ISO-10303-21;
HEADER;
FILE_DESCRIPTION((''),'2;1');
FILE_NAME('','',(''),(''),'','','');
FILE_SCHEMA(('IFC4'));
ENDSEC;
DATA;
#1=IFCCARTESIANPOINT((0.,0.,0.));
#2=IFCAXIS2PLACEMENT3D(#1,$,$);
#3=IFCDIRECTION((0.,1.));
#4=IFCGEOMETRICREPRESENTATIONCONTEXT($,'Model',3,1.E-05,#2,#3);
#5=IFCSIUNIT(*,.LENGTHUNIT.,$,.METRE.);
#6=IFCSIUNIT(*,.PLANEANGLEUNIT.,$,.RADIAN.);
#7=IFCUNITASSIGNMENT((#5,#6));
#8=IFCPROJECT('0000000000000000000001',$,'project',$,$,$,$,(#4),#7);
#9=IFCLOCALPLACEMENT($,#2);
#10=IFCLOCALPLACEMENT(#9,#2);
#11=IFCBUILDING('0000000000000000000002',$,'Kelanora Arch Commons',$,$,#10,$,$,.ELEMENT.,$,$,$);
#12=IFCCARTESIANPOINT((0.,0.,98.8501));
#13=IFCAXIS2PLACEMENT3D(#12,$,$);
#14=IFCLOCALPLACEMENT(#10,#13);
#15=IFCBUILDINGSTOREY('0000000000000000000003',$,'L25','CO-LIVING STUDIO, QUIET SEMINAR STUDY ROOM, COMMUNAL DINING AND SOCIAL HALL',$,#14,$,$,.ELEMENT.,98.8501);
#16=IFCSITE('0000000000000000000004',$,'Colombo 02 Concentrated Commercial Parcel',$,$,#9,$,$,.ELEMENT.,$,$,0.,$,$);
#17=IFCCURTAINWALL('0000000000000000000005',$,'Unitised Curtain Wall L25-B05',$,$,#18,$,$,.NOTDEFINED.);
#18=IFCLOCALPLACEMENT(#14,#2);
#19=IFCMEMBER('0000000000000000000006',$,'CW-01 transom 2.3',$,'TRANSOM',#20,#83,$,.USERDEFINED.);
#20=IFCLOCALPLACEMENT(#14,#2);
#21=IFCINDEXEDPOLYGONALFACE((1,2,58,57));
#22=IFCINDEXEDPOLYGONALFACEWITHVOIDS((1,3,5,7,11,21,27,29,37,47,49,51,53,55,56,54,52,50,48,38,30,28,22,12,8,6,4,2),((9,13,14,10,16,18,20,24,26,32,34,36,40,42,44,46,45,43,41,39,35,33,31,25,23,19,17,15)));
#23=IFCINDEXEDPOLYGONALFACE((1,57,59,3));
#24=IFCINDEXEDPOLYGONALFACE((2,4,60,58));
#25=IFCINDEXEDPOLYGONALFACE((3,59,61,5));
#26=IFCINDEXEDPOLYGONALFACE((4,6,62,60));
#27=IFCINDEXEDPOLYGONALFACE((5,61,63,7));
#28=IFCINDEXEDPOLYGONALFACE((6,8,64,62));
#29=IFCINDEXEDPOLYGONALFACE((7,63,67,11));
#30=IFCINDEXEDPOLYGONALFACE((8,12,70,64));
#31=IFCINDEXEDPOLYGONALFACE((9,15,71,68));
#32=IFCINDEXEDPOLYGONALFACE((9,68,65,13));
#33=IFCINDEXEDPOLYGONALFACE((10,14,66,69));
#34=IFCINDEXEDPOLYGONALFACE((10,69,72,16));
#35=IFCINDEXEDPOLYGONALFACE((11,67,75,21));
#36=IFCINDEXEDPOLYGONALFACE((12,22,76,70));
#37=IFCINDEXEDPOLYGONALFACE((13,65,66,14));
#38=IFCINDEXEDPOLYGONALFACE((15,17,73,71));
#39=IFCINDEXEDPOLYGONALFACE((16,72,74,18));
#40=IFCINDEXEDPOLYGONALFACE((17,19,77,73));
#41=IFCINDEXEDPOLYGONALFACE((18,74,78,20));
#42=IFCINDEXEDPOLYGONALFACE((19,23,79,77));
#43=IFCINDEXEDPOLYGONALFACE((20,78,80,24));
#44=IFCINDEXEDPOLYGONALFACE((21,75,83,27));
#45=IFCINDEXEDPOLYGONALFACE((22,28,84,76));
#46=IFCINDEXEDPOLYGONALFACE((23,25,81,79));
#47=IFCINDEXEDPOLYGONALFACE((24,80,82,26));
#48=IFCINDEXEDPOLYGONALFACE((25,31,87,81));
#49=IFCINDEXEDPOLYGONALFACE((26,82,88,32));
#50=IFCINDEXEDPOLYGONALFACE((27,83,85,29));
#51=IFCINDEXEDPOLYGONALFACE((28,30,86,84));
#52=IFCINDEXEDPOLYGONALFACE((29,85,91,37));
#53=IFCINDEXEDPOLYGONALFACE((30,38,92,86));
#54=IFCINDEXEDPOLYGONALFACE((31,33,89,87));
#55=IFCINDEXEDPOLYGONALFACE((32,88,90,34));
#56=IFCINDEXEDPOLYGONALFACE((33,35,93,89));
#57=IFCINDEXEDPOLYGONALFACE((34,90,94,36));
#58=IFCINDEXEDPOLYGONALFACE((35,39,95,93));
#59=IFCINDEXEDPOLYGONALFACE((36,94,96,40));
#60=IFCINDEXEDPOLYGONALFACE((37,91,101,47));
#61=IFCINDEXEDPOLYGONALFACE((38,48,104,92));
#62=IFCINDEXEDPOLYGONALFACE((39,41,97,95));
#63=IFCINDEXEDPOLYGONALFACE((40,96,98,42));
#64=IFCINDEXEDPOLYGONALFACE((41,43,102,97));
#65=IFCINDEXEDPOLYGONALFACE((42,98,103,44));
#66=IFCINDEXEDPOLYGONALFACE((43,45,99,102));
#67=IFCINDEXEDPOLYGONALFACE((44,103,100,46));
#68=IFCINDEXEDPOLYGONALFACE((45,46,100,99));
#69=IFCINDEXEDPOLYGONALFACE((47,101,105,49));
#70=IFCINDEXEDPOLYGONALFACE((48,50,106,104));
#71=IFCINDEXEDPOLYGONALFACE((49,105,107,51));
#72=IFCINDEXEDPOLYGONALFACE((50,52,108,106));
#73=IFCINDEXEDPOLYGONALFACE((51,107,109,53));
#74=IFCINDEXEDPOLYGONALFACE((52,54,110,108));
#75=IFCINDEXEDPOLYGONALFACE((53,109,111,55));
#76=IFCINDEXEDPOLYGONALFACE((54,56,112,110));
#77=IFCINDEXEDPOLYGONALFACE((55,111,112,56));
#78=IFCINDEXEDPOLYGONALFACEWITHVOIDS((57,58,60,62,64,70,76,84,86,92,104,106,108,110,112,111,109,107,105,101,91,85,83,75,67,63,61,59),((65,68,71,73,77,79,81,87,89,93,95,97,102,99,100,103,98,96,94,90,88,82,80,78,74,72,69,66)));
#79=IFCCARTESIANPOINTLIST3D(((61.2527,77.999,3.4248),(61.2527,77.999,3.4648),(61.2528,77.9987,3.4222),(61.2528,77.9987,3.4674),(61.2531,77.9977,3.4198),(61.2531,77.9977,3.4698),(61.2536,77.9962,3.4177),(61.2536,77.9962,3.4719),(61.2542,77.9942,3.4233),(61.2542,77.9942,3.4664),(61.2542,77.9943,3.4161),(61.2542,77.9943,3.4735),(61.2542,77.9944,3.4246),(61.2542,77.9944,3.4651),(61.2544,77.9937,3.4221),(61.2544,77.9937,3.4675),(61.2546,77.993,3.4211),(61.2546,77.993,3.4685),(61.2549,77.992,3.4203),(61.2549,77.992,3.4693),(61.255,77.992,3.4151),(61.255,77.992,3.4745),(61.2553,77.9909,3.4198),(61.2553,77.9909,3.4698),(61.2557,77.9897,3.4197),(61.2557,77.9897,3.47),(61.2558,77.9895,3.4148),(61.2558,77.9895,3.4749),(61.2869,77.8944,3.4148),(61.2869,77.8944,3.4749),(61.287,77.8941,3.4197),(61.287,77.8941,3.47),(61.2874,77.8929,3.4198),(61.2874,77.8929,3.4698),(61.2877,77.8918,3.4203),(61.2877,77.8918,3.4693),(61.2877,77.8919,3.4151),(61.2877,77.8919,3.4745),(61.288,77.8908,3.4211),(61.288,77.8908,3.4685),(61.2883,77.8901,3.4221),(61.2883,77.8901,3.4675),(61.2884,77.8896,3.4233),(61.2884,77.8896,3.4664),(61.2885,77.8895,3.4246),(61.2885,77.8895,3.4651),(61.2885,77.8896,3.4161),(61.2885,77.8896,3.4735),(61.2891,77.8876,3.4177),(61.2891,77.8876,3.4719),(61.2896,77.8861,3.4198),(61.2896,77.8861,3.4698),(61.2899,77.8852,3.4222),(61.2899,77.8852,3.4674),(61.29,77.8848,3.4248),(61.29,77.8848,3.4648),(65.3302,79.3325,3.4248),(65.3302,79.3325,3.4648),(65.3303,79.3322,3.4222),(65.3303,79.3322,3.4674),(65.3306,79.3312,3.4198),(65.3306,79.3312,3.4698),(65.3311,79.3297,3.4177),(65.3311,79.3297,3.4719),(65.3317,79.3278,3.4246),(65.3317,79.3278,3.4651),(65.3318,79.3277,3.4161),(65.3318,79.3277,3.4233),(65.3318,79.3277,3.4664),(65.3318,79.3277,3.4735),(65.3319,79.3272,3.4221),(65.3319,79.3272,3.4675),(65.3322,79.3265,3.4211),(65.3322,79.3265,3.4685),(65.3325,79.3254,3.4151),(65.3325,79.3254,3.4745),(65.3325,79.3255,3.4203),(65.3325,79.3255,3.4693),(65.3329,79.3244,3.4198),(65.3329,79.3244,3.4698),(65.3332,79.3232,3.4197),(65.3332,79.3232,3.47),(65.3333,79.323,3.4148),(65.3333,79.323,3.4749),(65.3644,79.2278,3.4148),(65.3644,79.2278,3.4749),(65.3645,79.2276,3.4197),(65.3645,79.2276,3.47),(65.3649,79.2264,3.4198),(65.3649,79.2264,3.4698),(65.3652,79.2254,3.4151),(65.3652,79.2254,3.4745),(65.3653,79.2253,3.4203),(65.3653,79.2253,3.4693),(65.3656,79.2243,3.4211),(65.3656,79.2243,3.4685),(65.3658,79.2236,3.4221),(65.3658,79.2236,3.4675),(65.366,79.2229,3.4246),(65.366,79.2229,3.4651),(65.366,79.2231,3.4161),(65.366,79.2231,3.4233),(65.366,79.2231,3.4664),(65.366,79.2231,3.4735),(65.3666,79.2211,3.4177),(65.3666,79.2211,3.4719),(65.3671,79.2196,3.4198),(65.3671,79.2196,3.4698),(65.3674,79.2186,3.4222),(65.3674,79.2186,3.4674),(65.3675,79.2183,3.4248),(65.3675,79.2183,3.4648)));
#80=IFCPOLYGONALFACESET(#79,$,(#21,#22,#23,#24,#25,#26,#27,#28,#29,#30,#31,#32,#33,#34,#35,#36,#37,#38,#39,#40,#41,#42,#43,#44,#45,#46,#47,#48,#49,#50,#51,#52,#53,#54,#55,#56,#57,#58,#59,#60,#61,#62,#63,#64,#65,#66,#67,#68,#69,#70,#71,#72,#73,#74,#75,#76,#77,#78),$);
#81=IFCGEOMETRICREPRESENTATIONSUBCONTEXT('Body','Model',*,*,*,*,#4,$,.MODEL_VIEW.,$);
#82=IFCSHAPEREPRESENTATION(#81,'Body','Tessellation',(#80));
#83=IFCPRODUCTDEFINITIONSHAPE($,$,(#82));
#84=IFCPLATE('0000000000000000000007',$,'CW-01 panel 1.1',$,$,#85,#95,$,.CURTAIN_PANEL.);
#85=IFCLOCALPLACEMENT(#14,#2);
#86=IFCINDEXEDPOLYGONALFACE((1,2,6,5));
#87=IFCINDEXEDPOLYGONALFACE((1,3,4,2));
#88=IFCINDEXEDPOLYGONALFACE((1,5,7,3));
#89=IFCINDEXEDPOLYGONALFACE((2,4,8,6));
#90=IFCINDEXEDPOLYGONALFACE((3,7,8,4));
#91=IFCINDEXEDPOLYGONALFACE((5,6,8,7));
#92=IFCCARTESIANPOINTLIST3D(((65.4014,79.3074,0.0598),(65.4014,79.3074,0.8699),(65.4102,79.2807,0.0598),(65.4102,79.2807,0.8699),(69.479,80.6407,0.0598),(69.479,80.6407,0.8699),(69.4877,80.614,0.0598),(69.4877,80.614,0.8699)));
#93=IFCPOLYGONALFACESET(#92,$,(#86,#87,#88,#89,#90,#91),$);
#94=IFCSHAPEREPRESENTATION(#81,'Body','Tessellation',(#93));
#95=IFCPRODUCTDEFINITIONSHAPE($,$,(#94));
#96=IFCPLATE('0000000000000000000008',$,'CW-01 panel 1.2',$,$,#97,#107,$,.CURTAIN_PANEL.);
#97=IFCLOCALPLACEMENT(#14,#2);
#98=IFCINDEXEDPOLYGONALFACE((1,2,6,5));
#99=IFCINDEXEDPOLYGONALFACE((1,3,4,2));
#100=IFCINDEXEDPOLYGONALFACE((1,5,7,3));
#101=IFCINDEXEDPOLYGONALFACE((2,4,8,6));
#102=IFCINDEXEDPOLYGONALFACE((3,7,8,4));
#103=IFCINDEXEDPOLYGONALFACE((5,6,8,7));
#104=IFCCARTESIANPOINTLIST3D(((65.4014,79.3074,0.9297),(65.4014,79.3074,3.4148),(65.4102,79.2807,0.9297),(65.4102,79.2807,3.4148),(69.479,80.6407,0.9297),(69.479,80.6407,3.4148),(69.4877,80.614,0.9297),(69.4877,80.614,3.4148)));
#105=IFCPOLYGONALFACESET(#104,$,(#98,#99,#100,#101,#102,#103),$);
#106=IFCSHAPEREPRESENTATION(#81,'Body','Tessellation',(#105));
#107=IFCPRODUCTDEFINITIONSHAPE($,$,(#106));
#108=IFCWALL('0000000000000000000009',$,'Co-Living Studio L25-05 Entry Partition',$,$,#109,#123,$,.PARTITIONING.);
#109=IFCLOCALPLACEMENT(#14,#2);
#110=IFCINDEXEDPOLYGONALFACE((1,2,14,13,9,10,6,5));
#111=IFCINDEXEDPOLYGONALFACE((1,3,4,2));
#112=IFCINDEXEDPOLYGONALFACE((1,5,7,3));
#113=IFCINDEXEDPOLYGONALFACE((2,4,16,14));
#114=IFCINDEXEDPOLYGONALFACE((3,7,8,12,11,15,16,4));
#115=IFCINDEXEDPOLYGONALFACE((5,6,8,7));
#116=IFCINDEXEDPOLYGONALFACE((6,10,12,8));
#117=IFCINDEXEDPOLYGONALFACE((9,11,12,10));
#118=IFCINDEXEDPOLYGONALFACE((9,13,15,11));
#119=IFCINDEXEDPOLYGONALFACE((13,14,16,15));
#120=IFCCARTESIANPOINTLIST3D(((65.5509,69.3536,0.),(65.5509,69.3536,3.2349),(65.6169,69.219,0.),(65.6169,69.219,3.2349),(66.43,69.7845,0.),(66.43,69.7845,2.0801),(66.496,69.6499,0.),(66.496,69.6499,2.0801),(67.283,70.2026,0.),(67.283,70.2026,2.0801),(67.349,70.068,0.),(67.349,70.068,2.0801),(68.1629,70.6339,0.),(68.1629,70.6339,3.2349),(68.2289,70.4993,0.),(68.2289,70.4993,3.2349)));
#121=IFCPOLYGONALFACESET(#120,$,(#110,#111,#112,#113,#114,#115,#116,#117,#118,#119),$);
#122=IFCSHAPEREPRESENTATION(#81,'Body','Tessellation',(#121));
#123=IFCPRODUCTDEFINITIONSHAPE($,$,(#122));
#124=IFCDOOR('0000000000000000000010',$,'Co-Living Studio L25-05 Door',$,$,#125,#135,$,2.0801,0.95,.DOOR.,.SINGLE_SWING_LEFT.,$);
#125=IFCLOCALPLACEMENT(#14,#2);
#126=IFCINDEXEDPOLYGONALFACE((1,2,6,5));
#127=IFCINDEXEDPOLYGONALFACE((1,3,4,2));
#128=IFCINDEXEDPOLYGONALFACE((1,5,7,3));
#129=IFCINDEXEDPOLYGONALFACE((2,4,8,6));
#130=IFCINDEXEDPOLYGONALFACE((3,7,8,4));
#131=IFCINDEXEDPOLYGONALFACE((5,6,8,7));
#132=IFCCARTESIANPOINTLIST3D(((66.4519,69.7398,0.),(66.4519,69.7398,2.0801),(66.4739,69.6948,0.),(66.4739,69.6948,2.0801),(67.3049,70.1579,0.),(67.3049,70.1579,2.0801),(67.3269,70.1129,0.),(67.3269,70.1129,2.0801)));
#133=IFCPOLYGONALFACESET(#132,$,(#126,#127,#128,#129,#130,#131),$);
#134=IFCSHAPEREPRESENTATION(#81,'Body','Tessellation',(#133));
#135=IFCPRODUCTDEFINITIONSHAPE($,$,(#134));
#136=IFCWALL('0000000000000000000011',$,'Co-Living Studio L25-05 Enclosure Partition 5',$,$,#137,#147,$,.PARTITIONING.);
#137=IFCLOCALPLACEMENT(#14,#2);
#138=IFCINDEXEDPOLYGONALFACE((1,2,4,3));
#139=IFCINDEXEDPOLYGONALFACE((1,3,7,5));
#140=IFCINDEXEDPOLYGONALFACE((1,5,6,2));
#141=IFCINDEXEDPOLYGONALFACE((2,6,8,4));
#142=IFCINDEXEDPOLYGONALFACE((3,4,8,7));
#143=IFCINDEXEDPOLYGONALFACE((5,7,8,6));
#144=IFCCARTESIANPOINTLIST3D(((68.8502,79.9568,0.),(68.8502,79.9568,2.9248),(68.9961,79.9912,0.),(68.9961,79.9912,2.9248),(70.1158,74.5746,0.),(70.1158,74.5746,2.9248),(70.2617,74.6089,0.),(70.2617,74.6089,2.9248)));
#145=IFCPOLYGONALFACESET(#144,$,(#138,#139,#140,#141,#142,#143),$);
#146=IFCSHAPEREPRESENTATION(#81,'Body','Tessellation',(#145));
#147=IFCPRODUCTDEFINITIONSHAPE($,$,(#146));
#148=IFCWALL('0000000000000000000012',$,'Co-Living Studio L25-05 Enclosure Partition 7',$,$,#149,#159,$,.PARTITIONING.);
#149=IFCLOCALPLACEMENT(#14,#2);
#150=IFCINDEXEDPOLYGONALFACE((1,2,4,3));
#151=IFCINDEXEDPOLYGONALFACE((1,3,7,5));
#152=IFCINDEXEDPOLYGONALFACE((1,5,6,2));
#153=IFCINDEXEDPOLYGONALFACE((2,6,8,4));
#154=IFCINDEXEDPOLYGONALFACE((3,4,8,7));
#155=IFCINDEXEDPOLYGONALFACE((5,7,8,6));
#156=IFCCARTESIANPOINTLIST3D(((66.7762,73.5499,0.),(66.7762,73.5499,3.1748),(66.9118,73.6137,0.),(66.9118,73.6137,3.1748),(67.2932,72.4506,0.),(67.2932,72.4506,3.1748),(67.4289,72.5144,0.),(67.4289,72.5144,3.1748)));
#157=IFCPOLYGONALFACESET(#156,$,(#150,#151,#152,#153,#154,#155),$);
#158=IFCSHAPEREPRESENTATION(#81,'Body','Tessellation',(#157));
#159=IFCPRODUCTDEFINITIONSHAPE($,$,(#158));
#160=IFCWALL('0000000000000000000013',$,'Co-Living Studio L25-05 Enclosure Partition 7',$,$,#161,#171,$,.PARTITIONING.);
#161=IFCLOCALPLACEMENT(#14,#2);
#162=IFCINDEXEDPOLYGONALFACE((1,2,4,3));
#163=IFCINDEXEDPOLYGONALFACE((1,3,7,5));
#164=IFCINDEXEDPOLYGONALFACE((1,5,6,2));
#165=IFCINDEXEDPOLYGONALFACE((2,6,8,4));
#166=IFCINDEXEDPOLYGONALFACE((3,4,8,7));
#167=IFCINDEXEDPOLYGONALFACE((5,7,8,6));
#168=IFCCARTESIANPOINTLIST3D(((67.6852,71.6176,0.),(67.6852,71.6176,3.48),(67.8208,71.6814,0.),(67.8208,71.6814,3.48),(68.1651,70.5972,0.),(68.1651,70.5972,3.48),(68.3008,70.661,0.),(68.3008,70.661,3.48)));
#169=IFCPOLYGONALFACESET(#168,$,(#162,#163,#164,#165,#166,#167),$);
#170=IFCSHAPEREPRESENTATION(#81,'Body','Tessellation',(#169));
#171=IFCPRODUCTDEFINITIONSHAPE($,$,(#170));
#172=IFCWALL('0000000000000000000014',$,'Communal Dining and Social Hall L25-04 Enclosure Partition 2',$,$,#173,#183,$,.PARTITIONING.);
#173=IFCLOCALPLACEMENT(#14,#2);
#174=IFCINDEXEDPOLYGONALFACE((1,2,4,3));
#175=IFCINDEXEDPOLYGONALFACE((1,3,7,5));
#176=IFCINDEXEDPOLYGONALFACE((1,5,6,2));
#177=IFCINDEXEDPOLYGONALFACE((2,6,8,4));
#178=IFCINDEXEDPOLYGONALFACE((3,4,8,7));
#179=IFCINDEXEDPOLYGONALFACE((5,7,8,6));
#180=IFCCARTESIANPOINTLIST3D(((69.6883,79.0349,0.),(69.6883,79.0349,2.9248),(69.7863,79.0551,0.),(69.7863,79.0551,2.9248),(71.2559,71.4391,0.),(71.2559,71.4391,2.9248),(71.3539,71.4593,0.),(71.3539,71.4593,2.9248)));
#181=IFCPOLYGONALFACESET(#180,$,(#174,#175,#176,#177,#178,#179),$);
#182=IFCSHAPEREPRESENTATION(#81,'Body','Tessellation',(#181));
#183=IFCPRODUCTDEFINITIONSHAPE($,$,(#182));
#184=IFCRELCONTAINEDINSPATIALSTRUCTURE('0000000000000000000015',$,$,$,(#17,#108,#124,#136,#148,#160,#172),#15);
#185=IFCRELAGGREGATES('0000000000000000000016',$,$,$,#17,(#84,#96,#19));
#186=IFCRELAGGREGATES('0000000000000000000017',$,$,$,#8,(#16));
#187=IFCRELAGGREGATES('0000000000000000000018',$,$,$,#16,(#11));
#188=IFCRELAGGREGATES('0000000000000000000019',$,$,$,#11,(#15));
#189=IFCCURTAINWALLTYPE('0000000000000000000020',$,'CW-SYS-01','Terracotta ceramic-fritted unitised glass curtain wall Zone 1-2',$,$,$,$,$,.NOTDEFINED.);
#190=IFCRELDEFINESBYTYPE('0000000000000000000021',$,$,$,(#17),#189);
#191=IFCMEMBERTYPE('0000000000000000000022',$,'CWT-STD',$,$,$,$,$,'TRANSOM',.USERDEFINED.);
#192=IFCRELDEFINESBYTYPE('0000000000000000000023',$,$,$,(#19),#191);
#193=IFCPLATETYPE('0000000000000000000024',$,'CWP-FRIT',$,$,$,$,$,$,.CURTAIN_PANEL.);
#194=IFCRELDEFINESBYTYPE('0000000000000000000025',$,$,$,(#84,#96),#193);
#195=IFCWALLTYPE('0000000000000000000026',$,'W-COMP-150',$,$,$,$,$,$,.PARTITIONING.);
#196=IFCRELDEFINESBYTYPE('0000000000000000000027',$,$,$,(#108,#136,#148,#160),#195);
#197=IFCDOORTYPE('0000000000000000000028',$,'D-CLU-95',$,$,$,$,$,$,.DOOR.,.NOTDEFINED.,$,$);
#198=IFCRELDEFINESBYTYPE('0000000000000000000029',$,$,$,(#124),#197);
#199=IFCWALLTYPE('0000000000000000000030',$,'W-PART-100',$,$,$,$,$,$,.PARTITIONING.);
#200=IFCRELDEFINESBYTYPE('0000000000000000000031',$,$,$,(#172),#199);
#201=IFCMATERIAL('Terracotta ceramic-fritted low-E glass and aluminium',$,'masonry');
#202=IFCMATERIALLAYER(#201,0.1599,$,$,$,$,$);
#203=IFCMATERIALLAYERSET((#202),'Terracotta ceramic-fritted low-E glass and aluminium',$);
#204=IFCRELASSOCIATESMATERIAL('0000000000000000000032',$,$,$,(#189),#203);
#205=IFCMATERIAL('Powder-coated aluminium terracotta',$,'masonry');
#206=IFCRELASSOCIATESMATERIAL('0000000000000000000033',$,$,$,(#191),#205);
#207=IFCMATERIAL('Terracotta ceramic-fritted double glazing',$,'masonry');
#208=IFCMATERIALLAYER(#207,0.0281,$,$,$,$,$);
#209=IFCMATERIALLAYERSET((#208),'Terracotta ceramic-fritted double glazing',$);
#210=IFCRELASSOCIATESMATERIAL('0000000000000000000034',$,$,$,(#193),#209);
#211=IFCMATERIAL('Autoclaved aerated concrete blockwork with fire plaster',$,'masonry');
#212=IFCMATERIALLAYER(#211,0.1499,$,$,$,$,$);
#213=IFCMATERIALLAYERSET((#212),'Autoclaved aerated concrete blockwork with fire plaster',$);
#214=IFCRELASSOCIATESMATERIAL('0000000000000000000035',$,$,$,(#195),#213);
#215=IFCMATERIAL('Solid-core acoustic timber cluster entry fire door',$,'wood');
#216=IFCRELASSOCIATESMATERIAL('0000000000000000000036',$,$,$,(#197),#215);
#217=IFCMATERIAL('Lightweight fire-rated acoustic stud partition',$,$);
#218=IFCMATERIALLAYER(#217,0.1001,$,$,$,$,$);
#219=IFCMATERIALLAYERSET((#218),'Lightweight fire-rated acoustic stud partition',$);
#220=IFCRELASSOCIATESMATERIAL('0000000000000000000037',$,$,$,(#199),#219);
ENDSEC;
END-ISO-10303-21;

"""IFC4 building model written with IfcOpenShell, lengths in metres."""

from ifc_helpers import new_model, si_unit, direction, frame, frame_2d, origin, origin_2d, place, context, subcontext, project, spatial, rectangle, hollow_rectangle, extrude, source, transform, mapped, material, layer, layer_set, material_profile, profile_set, type_object, element, fill, aggregate, save


model = new_model("IFC4")

# Units and contexts
model_context = context("Model", 3, precision=1e-05, world=origin(), true_north=direction((0.0, 1.0)))
body_context = subcontext(model_context, "Body", "Model", "MODEL_VIEW")
ifc_project = project(units=[si_unit("LENGTHUNIT", "METRE"), si_unit("PLANEANGLEUNIT", "RADIAN")], contexts=[model_context])

# Site, building, storey
site_placement = place(None, origin())
site = spatial("IfcSite", under=ifc_project, at=site_placement, Name="Colombo 02 Concentrated Commercial Parcel", CompositionType="ELEMENT", RefElevation=0.0)
building_placement = place(site_placement, origin())
building = spatial("IfcBuilding", under=site, at=building_placement, Name="Kelanora Arch Commons", CompositionType="ELEMENT")
storey_placement = place(building_placement, frame((0.0, 0.0, 98.8501)))
storey = spatial("IfcBuildingStorey", under=building, at=storey_placement, Name="L25", Description="CO-LIVING STUDIO, QUIET SEMINAR STUDY ROOM, COMMUNAL DINING AND SOCIAL HALL", CompositionType="ELEMENT", Elevation=98.8501)

# Curtain wall, member, plates
ifc_material_1 = material(Name="Terracotta ceramic-fritted low-E glass and aluminium", Category="masonry")
ifc_layer_1 = layer(ifc_material_1, 0.1599)
ifc_layer_set_1 = layer_set([ifc_layer_1], Name="Terracotta ceramic-fritted low-E glass and aluminium")
curtain_wall_type = type_object("IfcCurtainWallType", Name="CW-SYS-01", Description="Terracotta ceramic-fritted unitised glass curtain wall Zone 1-2", PredefinedType="NOTDEFINED", material=ifc_layer_set_1)
curtain_wall_placement = place(storey_placement, origin())
curtain_wall = element("IfcCurtainWall", 1, at=curtain_wall_placement, inside=storey, type_object=curtain_wall_type, Name="Unitised Curtain Wall L25-B05", PredefinedType="NOTDEFINED")
ifc_material_2 = material(Name="Powder-coated aluminium terracotta", Category="masonry")
ifc_material_profile_1 = material_profile(ifc_material_2, hollow_rectangle(XDim=0.1201, YDim=0.0601, WallThickness=0.0049, InnerFilletRadius=0.0049, OuterFilletRadius=0.01, at=origin_2d()), Name="CWT120x60")
ifc_profile_set_1 = profile_set([ifc_material_profile_1], Name="Powder-coated aluminium terracotta")
member_type_1 = type_object("IfcMemberType", Name="CWT-STD", ElementType="TRANSOM", PredefinedType="USERDEFINED", material=ifc_profile_set_1)
member_1_placement = place(storey_placement, frame((65.3489, 79.2754, 3.4448), z_axis=(-0.950466, -0.310828, 0.0), x_axis=(0.310828, -0.950466, 0.0)))
member_1 = element("IfcMember", 2, at=member_1_placement, type_object=member_type_1, Name="CW-01 transom 2.3", ObjectType="TRANSOM", PredefinedType="USERDEFINED", context=body_context, shape_type="SweptSolid", body=[
    extrude(hollow_rectangle(XDim=0.1201, YDim=0.0601, WallThickness=0.0049, InnerFilletRadius=0.0049, OuterFilletRadius=0.01, at=origin_2d()), origin(), (0.0, 0.0, 1.0), 4.29),
])
ifc_material_3 = material(Name="Terracotta ceramic-fritted double glazing", Category="masonry")
ifc_layer_2 = layer(ifc_material_3, 0.0281)
ifc_layer_set_2 = layer_set([ifc_layer_2], Name="Terracotta ceramic-fritted double glazing")
plate_type = type_object("IfcPlateType", Name="CWP-FRIT", PredefinedType="CURTAIN_PANEL", material=ifc_layer_set_2)
shared_shape_1 = source(origin(), body_context, "Body", "SweptSolid", [
    extrude(rectangle(XDim=4.29, YDim=0.0281, at=origin_2d()), origin(), (0.0, 0.0, 1.0), 0.8101),
])
plate_1_placement = place(storey_placement, frame((67.4446, 79.9607, 0.0598), z_axis=(0.0, 0.0, 1.0), x_axis=(-0.950474, -0.310805, 0.0)))
plate_1 = element("IfcPlate", 3, at=plate_1_placement, type_object=plate_type, Name="CW-01 panel 1.1", PredefinedType="CURTAIN_PANEL", context=body_context, shape_type="MappedRepresentation", body=[
    mapped(shared_shape_1, transform((0.0, 0.0, 0.0), scale=1.0)),
])
shared_shape_2 = source(origin(), body_context, "Body", "SweptSolid", [
    extrude(rectangle(XDim=4.29, YDim=0.0281, at=origin_2d()), origin(), (0.0, 0.0, 1.0), 2.4851),
])
plate_2_placement = place(storey_placement, frame((67.4446, 79.9607, 0.9297), z_axis=(0.0, 0.0, 1.0), x_axis=(-0.950474, -0.310805, 0.0)))
plate_2 = element("IfcPlate", 4, at=plate_2_placement, type_object=plate_type, Name="CW-01 panel 1.2", PredefinedType="CURTAIN_PANEL", context=body_context, shape_type="MappedRepresentation", body=[
    mapped(shared_shape_2, transform((0.0, 0.0, 0.0), scale=1.0)),
])
aggregate(curtain_wall, [plate_1, plate_2, member_1])

# Wall, opening, door
ifc_material_4 = material(Name="Autoclaved aerated concrete blockwork with fire plaster", Category="masonry")
ifc_layer_3 = layer(ifc_material_4, 0.1499)
ifc_layer_set_3 = layer_set([ifc_layer_3], Name="Autoclaved aerated concrete blockwork with fire plaster")
wall_type_1 = type_object("IfcWallType", Name="W-COMP-150", PredefinedType="PARTITIONING", material=ifc_layer_set_3)
wall_1_placement = place(storey_placement, frame((68.196, 70.5667, 0.0), z_axis=(0.0, 0.0, 1.0), x_axis=(-0.897941, -0.440116, 0.0)))
wall_1 = element("IfcWall", 5, at=wall_1_placement, inside=storey, type_object=wall_type_1, Name="Co-Living Studio L25-05 Entry Partition", PredefinedType="PARTITIONING", context=body_context, shape_type="SweptSolid", body=[
    extrude(rectangle(XDim=2.9089, YDim=0.1499, at=frame_2d((1.4546, 0.0))), origin(), (0.0, 0.0, 1.0), 3.2349),
])
opening_1_placement = place(wall_1_placement, frame((0.98, 0.0, 0.0)))
opening_1 = element("IfcOpeningElement", 6, at=opening_1_placement, cuts=wall_1, PredefinedType="OPENING", context=body_context, shape_type="SweptSolid", body=[
    extrude(rectangle(XDim=0.95, YDim=2.0801, at=frame_2d((0.4751, 1.04))), frame((0.0, 0.085, 0.0), z_axis=(0.0, -1.0, 0.0), x_axis=(1.0, 0.0, 0.0)), (0.0, 0.0, 1.0), 0.1699),
])
ifc_material_5 = material(Name="Solid-core acoustic timber cluster entry fire door", Category="wood")
door_type_1 = type_object("IfcDoorType", Name="D-CLU-95", OperationType="NOTDEFINED", PredefinedType="DOOR", material=ifc_material_5)
door_1_placement = place(opening_1_placement, origin())
door_1 = element("IfcDoor", 7, at=door_1_placement, inside=storey, type_object=door_type_1, Name="Co-Living Studio L25-05 Door", OperationType="SINGLE_SWING_LEFT", OverallHeight=2.0801, OverallWidth=0.95, PredefinedType="DOOR", context=body_context, shape_type="SweptSolid", body=[
    extrude(rectangle(XDim=0.95, YDim=2.0801, at=frame_2d((0.4751, 1.04))), frame((0.0, 0.0249, 0.0), z_axis=(0.0, -1.0, 0.0), x_axis=(1.0, 0.0, 0.0)), (0.0, 0.0, 1.0), 0.05),
])
fill(opening_1, door_1)

# Walls
wall_2_placement = place(storey_placement, frame((68.9231, 79.9741, 0.0), z_axis=(0.0, 0.0, 1.0), x_axis=(0.228902, -0.97345, 0.0)))
element("IfcWall", 8, at=wall_2_placement, inside=storey, type_object=wall_type_1, Name="Co-Living Studio L25-05 Enclosure Partition 5", PredefinedType="PARTITIONING", context=body_context, shape_type="SweptSolid", body=[
    extrude(rectangle(XDim=5.5291, YDim=0.1499, at=frame_2d((2.7646, 0.0))), origin(), (0.0, 0.0, 1.0), 2.9248),
])
wall_3_placement = place(storey_placement, frame((66.844, 73.5818, 0.0), z_axis=(0.0, 0.0, 1.0), x_axis=(0.425623, -0.904901, 0.0)))
element("IfcWall", 9, at=wall_3_placement, inside=storey, type_object=wall_type_1, Name="Co-Living Studio L25-05 Enclosure Partition 7", PredefinedType="PARTITIONING", context=body_context, shape_type="SweptSolid", body=[
    extrude(rectangle(XDim=1.2148, YDim=0.1499, at=frame_2d((0.6074, 0.0))), origin(), (0.0, 0.0, 1.0), 3.1748),
])
wall_4_placement = place(storey_placement, frame((67.7529, 71.6497, 0.0), z_axis=(0.0, 0.0, 1.0), x_axis=(0.425609, -0.904907, 0.0)))
element("IfcWall", 10, at=wall_4_placement, inside=storey, type_object=wall_type_1, Name="Co-Living Studio L25-05 Enclosure Partition 7", PredefinedType="PARTITIONING", context=body_context, shape_type="SweptSolid", body=[
    extrude(rectangle(XDim=1.1277, YDim=0.1499, at=frame_2d((0.564, 0.0))), origin(), (0.0, 0.0, 1.0), 3.48),
])
ifc_material_6 = material(Name="Lightweight fire-rated acoustic stud partition")
ifc_layer_4 = layer(ifc_material_6, 0.1001)
ifc_layer_set_4 = layer_set([ifc_layer_4], Name="Lightweight fire-rated acoustic stud partition")
wall_type_2 = type_object("IfcWallType", Name="W-PART-100", PredefinedType="PARTITIONING", material=ifc_layer_set_4)
wall_5_placement = place(storey_placement, frame((71.3049, 71.4492, 0.0), z_axis=(0.0, 0.0, 1.0), x_axis=(-0.202124, 0.97936, 0.0)))
element("IfcWall", 11, at=wall_5_placement, inside=storey, type_object=wall_type_2, Name="Communal Dining and Social Hall L25-04 Enclosure Partition 2", PredefinedType="PARTITIONING", context=body_context, shape_type="SweptSolid", body=[
    extrude(rectangle(XDim=7.7559, YDim=0.1001, at=frame_2d((3.8779, 0.0))), origin(), (0.0, 0.0, 1.0), 2.9248),
])

save(model, "model.ifc")
